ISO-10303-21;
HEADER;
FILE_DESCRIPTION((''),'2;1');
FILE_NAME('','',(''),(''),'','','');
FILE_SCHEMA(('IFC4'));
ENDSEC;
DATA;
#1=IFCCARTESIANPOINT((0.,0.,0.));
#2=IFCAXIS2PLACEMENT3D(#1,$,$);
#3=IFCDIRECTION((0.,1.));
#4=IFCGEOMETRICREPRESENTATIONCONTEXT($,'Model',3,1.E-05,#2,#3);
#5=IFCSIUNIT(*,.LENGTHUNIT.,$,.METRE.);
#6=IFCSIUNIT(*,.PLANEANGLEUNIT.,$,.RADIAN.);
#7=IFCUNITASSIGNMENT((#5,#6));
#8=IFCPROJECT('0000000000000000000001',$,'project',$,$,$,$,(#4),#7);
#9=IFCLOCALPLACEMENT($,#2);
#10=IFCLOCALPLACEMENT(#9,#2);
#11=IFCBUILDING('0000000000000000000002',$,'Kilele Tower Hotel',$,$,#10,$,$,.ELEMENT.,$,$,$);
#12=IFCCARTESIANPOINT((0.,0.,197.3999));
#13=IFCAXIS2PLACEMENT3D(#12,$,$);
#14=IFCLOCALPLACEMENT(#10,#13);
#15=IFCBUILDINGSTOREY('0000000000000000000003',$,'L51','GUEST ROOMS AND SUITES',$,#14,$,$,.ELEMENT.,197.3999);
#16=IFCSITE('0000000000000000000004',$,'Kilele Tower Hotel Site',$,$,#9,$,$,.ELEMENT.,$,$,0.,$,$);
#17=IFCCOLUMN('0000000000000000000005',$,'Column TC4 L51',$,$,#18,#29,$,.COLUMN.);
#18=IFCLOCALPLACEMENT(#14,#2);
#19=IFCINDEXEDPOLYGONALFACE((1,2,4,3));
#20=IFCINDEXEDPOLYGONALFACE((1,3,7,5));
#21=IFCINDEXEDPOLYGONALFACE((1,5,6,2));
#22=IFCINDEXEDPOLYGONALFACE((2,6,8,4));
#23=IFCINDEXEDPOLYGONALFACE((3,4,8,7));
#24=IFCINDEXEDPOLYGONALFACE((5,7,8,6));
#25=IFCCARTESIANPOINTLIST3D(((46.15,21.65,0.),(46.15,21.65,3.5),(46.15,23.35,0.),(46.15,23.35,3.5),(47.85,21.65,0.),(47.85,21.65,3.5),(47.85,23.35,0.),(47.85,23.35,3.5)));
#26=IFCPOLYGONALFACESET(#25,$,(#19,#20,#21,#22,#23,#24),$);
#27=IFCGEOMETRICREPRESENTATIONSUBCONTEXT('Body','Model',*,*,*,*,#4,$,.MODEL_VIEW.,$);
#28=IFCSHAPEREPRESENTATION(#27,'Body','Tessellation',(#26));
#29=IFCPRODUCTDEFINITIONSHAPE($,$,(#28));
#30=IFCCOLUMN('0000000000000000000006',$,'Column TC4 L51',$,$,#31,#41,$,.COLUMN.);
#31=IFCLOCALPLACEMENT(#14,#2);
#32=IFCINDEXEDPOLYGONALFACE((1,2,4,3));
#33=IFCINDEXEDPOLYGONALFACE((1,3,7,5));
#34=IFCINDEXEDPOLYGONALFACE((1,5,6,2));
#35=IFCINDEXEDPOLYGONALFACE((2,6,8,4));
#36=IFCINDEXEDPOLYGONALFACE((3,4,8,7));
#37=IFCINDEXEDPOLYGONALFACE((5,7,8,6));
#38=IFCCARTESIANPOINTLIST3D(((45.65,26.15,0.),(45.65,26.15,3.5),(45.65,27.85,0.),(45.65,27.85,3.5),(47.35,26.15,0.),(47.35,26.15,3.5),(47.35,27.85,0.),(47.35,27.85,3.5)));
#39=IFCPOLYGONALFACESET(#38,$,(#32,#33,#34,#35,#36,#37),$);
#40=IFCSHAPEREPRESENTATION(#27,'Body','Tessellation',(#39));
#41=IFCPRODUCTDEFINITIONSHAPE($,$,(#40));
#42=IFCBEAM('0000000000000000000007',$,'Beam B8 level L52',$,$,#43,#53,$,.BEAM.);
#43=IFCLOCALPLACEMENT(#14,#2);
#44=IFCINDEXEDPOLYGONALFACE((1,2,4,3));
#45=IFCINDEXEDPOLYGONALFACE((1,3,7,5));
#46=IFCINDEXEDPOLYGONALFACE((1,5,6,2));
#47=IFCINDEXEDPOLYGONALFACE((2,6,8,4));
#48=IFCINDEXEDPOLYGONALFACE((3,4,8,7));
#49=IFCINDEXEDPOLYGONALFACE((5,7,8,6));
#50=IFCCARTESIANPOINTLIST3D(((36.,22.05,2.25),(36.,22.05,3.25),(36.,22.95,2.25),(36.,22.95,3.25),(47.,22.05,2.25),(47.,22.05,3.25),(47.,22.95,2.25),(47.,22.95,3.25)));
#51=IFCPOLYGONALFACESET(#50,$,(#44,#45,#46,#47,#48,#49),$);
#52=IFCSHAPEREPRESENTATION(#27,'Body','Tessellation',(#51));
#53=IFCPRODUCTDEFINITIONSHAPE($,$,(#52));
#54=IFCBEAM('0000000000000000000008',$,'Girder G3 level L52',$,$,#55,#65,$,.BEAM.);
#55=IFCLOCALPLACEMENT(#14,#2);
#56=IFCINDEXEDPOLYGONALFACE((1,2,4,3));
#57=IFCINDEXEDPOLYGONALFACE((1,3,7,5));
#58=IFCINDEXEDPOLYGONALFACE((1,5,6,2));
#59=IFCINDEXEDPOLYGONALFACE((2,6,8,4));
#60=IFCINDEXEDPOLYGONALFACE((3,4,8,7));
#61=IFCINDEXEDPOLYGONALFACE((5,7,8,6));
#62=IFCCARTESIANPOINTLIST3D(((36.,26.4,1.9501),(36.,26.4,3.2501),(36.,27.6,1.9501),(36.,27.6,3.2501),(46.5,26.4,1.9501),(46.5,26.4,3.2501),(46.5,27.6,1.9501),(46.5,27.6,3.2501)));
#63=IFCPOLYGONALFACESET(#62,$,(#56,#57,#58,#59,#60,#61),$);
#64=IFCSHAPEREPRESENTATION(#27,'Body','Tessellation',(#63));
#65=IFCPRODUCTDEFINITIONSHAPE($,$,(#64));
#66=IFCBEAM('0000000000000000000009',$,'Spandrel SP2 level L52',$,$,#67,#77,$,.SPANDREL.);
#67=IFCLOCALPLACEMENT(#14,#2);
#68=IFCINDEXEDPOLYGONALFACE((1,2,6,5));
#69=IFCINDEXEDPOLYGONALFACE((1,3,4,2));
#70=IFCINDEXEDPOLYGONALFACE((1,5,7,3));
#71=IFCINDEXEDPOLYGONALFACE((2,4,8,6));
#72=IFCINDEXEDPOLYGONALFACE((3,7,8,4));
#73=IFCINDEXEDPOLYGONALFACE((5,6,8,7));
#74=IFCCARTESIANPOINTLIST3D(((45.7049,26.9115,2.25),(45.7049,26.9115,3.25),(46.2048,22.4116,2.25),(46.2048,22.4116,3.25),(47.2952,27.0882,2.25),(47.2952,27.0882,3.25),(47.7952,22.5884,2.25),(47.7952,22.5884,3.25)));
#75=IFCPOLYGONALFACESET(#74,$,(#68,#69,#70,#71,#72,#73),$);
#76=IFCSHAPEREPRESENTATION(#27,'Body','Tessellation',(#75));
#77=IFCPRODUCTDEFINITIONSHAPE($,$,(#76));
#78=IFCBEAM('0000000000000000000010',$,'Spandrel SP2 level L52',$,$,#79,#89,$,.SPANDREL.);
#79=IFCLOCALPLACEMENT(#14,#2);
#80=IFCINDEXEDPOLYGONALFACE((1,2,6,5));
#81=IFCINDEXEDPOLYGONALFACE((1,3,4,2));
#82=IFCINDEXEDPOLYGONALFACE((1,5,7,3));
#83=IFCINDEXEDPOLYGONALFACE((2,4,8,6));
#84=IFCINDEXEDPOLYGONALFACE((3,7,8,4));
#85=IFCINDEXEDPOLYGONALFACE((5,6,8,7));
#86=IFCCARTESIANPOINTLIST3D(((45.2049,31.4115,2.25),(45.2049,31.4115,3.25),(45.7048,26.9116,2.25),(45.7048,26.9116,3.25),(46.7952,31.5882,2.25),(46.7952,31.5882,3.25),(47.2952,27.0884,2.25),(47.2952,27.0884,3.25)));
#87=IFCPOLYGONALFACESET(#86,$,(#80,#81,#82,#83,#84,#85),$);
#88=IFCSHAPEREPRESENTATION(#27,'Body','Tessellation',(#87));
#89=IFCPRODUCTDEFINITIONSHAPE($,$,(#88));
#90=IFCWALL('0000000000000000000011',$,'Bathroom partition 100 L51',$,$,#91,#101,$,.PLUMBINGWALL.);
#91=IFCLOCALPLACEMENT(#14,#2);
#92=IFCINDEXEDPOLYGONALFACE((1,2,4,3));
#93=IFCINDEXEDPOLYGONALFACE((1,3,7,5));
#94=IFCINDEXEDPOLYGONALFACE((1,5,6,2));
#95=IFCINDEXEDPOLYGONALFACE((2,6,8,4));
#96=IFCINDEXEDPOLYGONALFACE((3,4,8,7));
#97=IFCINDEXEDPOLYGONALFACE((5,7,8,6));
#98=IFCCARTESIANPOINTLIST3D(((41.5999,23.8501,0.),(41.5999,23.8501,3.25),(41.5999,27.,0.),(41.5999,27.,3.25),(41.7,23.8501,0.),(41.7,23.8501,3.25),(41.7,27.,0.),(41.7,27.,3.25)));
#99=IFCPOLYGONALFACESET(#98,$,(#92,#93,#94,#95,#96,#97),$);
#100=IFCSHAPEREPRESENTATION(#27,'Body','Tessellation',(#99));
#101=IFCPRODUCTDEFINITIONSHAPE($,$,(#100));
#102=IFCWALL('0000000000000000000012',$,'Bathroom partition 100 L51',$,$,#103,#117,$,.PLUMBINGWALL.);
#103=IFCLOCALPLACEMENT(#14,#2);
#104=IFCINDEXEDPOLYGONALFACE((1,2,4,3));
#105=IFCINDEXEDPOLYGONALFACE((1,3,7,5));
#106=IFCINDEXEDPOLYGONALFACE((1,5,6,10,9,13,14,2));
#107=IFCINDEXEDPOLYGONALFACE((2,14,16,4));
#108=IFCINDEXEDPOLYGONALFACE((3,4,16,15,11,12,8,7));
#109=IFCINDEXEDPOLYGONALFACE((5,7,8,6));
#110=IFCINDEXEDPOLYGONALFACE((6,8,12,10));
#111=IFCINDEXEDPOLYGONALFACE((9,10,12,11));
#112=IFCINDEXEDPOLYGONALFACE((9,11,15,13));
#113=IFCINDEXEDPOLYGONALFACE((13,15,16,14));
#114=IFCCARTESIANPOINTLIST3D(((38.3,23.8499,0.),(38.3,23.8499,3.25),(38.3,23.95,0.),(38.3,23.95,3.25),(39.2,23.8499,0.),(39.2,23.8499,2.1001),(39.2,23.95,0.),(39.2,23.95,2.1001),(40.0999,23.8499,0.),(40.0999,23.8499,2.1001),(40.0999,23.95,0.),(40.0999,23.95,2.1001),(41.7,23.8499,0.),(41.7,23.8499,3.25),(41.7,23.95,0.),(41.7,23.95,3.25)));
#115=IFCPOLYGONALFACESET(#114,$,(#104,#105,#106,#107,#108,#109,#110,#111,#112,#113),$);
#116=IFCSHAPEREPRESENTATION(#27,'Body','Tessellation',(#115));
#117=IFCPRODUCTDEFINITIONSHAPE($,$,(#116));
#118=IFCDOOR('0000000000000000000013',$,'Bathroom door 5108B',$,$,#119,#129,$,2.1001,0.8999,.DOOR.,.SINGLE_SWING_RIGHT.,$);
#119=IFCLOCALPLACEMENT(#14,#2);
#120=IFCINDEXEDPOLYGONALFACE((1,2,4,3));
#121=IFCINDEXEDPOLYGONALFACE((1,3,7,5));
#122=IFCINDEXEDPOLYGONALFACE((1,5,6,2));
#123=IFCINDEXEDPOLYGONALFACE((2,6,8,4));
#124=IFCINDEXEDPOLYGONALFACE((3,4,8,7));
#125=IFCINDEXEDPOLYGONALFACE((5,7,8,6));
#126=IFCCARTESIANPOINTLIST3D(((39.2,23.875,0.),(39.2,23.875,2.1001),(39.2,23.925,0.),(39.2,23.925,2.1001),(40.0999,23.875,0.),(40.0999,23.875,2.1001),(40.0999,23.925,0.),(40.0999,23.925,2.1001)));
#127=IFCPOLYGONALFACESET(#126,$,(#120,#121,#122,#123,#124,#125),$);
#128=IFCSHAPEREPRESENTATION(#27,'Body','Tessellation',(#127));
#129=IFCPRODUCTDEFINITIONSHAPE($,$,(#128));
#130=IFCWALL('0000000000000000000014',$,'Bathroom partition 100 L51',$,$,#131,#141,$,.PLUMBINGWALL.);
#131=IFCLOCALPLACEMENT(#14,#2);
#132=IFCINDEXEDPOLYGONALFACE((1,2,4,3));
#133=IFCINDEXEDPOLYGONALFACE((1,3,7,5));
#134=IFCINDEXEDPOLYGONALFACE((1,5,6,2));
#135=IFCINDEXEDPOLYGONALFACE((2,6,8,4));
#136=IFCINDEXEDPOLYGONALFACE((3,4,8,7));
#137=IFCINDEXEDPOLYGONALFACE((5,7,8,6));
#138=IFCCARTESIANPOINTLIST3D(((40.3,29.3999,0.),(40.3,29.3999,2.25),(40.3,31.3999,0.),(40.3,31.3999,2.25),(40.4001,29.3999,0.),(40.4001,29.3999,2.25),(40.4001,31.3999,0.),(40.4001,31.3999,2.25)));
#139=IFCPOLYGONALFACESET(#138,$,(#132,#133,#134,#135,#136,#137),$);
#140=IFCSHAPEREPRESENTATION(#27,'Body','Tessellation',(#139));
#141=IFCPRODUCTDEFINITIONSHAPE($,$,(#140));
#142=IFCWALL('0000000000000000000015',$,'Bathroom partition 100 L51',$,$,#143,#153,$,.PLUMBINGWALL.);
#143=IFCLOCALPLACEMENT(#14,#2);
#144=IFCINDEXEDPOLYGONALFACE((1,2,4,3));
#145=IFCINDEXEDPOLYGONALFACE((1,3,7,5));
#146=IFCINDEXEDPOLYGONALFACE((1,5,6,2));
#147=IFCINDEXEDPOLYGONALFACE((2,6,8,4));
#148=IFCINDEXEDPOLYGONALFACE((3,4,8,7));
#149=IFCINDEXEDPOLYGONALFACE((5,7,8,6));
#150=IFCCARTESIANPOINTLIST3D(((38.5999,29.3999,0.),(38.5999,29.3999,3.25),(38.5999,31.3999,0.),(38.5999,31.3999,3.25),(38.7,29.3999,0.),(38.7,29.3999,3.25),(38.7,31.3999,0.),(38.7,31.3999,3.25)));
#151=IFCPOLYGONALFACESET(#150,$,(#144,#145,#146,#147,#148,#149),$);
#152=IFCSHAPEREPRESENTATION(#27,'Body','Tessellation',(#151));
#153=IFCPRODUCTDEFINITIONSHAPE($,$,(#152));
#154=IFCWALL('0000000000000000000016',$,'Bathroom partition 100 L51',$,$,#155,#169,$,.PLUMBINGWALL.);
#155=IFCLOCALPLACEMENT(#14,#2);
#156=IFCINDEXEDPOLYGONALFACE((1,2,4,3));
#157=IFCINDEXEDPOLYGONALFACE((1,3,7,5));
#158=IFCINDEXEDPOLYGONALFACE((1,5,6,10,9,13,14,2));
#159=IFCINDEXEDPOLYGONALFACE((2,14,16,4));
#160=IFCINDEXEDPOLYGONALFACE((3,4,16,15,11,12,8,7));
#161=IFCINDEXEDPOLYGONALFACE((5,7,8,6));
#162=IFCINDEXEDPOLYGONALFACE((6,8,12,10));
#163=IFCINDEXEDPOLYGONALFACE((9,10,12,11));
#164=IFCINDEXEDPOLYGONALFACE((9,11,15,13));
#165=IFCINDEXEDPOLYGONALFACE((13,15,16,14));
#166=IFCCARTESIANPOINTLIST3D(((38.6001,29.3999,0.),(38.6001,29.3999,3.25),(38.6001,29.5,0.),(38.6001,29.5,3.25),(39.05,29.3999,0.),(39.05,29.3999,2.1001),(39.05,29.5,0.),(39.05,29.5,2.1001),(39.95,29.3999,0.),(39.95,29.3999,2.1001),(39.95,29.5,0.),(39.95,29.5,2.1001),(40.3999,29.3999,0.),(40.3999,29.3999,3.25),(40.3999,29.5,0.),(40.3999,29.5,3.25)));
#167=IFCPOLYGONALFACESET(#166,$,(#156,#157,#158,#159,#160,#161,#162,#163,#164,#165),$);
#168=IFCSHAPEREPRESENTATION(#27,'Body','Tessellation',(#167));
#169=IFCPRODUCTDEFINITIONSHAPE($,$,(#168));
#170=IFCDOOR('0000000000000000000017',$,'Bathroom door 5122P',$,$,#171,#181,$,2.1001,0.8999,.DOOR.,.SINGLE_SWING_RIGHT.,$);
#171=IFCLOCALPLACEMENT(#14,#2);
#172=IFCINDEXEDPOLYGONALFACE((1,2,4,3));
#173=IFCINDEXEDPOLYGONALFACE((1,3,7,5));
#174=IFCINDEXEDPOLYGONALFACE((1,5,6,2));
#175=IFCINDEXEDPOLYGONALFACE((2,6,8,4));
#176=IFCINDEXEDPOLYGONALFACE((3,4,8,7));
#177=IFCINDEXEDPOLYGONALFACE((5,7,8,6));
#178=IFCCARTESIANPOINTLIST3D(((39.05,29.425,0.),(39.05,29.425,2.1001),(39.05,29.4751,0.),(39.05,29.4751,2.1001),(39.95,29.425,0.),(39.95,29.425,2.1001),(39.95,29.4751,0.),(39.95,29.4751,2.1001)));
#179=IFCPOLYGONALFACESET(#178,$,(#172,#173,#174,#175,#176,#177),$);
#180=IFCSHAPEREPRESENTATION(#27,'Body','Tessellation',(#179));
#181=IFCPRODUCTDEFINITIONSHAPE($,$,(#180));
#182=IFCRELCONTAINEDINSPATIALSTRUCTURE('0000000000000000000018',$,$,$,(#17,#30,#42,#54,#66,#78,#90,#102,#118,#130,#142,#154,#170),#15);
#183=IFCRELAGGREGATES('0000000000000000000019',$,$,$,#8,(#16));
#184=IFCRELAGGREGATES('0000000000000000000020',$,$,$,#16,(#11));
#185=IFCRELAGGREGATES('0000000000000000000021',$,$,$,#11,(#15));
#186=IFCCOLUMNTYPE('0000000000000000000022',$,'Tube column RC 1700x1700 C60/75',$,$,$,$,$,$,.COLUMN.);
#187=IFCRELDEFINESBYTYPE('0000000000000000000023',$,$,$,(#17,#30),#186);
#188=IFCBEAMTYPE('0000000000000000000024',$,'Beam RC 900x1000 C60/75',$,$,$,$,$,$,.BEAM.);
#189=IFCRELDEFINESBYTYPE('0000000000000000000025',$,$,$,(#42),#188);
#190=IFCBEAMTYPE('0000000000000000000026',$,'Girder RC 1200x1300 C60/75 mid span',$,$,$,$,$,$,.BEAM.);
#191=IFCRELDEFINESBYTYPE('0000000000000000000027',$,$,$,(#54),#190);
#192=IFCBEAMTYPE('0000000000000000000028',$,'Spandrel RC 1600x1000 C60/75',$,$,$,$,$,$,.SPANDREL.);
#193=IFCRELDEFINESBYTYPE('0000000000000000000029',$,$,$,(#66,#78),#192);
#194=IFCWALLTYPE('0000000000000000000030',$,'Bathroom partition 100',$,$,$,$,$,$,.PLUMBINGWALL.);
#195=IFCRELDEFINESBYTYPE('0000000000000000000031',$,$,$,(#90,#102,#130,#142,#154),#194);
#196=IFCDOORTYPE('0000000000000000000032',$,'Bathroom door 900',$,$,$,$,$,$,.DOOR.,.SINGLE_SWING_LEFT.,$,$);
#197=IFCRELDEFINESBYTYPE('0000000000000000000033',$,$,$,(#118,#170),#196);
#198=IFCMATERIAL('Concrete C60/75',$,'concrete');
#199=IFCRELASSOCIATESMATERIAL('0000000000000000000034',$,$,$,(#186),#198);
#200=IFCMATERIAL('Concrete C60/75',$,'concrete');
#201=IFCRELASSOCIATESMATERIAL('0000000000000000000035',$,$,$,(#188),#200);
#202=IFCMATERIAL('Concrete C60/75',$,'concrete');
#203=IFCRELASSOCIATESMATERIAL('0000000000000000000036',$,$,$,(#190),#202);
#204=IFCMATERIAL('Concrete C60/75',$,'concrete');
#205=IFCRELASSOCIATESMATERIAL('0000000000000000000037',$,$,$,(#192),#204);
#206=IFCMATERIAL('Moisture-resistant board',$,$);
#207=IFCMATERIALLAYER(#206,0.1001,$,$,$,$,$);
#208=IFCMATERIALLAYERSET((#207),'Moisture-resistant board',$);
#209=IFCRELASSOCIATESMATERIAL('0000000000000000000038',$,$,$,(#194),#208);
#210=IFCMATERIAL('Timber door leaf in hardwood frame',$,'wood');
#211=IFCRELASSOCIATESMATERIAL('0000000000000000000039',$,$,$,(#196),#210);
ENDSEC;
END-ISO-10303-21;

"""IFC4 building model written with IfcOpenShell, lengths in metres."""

from ifc_helpers import new_model, si_unit, direction, frame, frame_2d, origin, origin_2d, place, context, subcontext, project, spatial, rectangle, extrude, material, layer, layer_set, material_profile, profile_set, type_object, element, fill, save


model = new_model("IFC4")

# Units and contexts
model_context = context("Model", 3, precision=1e-05, world=origin(), true_north=direction((0.0, 1.0)))
body_context = subcontext(model_context, "Body", "Model", "MODEL_VIEW")
ifc_project = project(units=[si_unit("LENGTHUNIT", "METRE"), si_unit("PLANEANGLEUNIT", "RADIAN")], contexts=[model_context])

# Site, building, storey
site_placement = place(None, origin())
site = spatial("IfcSite", under=ifc_project, at=site_placement, Name="Kilele Tower Hotel Site", CompositionType="ELEMENT", RefElevation=0.0)
building_placement = place(site_placement, origin())
building = spatial("IfcBuilding", under=site, at=building_placement, Name="Kilele Tower Hotel", CompositionType="ELEMENT")
storey_placement = place(building_placement, frame((0.0, 0.0, 197.3999)))
storey = spatial("IfcBuildingStorey", under=building, at=storey_placement, Name="L51", Description="GUEST ROOMS AND SUITES", CompositionType="ELEMENT", Elevation=197.3999)

# Columns
ifc_material_1 = material(Name="Concrete C60/75", Category="concrete")
ifc_material_profile_1 = material_profile(ifc_material_1, rectangle(XDim=1.7, YDim=1.7, at=origin_2d()))
ifc_profile_set_1 = profile_set([ifc_material_profile_1], Name="Concrete C60/75")
column_type = type_object("IfcColumnType", Name="Tube column RC 1700x1700 C60/75", PredefinedType="COLUMN", material=ifc_profile_set_1)
for number, where, z_axis, x_axis, name in (
    (1, (47.0, 22.5, 0.0), (0.0, 0.0, 1.0), (1.0, 0.0, 0.0), "Column TC4 L51"),
    (2, (46.5, 27.0, 0.0), (0.0, 0.0, 1.0), (1.0, 0.0, 0.0), "Column TC4 L51"),
):
    element("IfcColumn", number, at=place(storey_placement, frame(where, z_axis=z_axis, x_axis=x_axis)), inside=storey, type_object=column_type, Name=name, PredefinedType="COLUMN", context=body_context, shape_type="SweptSolid", body=[
        extrude(rectangle(XDim=1.7, YDim=1.7, at=origin_2d()), origin(), (0.0, 0.0, 1.0), 3.5),
    ])

# Beams
ifc_material_2 = material(Name="Concrete C60/75", Category="concrete")
ifc_material_profile_2 = material_profile(ifc_material_2, rectangle(XDim=0.8999, YDim=1.0, at=origin_2d()))
ifc_profile_set_2 = profile_set([ifc_material_profile_2], Name="Concrete C60/75")
beam_type_1 = type_object("IfcBeamType", Name="Beam RC 900x1000 C60/75", PredefinedType="BEAM", material=ifc_profile_set_2)
beam_1_placement = place(storey_placement, frame((47.0, 22.5, 2.75), z_axis=(-1.0, 0.0, 0.0), x_axis=(0.0, -1.0, 0.0)))
element("IfcBeam", 3, at=beam_1_placement, inside=storey, type_object=beam_type_1, Name="Beam B8 level L52", PredefinedType="BEAM", context=body_context, shape_type="SweptSolid", body=[
    extrude(rectangle(XDim=0.8999, YDim=1.0, at=origin_2d()), origin(), (0.0, 0.0, 1.0), 11.0),
])
ifc_material_3 = material(Name="Concrete C60/75", Category="concrete")
ifc_material_profile_3 = material_profile(ifc_material_3, rectangle(XDim=1.2, YDim=1.3, at=origin_2d()))
ifc_profile_set_3 = profile_set([ifc_material_profile_3], Name="Concrete C60/75")
beam_type_2 = type_object("IfcBeamType", Name="Girder RC 1200x1300 C60/75 mid span", PredefinedType="BEAM", material=ifc_profile_set_3)
beam_2_placement = place(storey_placement, frame((46.5, 27.0, 2.6001), z_axis=(-1.0, 0.0, 0.0), x_axis=(0.0, -1.0, 0.0)))
element("IfcBeam", 4, at=beam_2_placement, inside=storey, type_object=beam_type_2, Name="Girder G3 level L52", PredefinedType="BEAM", context=body_context, shape_type="SweptSolid", body=[
    extrude(rectangle(XDim=1.2, YDim=1.3, at=origin_2d()), origin(), (0.0, 0.0, 1.0), 10.5),
])
ifc_material_4 = material(Name="Concrete C60/75", Category="concrete")
ifc_material_profile_4 = material_profile(ifc_material_4, rectangle(XDim=1.6001, YDim=1.0, at=origin_2d()))
ifc_profile_set_4 = profile_set([ifc_material_profile_4], Name="Concrete C60/75")
beam_type_3 = type_object("IfcBeamType", Name="Spandrel RC 1600x1000 C60/75", PredefinedType="SPANDREL", material=ifc_profile_set_4)
for number, where, z_axis, x_axis, name in (
    (5, (47.0, 22.5, 2.75), (-0.110432, 0.993884, 0.0), (-0.993884, -0.110432, 0.0), "Spandrel SP2 level L52"),
    (6, (46.5, 27.0, 2.75), (-0.110432, 0.993884, 0.0), (-0.993884, -0.110432, 0.0), "Spandrel SP2 level L52"),
):
    element("IfcBeam", number, at=place(storey_placement, frame(where, z_axis=z_axis, x_axis=x_axis)), inside=storey, type_object=beam_type_3, Name=name, PredefinedType="SPANDREL", context=body_context, shape_type="SweptSolid", body=[
        extrude(rectangle(XDim=1.6001, YDim=1.0, at=origin_2d()), origin(), (0.0, 0.0, 1.0), 4.5276),
    ])

# Wall
ifc_material_5 = material(Name="Moisture-resistant board")
ifc_layer_1 = layer(ifc_material_5, 0.1001)
ifc_layer_set_1 = layer_set([ifc_layer_1], Name="Moisture-resistant board")
wall_type_1 = type_object("IfcWallType", Name="Bathroom partition 100", PredefinedType="PLUMBINGWALL", material=ifc_layer_set_1)
wall_1_placement = place(storey_placement, frame((41.6499, 23.8501, 0.0), z_axis=(0.0, 0.0, 1.0), x_axis=(0.0, 1.0, 0.0)))
element("IfcWall", 7, at=wall_1_placement, inside=storey, type_object=wall_type_1, Name="Bathroom partition 100 L51", PredefinedType="PLUMBINGWALL", context=body_context, shape_type="SweptSolid", body=[
    extrude(rectangle(XDim=3.1499, YDim=0.1001, at=frame_2d((1.575, 0.0))), origin(), (0.0, 0.0, 1.0), 3.25),
])

# Wall, opening, door
wall_2_placement = place(storey_placement, frame((38.3, 23.8999, 0.0), z_axis=(0.0, 0.0, 1.0), x_axis=(1.0, 0.0, 0.0)))
wall_2 = element("IfcWall", 8, at=wall_2_placement, inside=storey, type_object=wall_type_1, Name="Bathroom partition 100 L51", PredefinedType="PLUMBINGWALL", context=body_context, shape_type="SweptSolid", body=[
    extrude(rectangle(XDim=3.3999, YDim=0.1001, at=frame_2d((1.7, 0.0))), origin(), (0.0, 0.0, 1.0), 3.25),
])
opening_1_placement = place(wall_2_placement, frame((1.7998, 0.0, 0.0), z_axis=(0.0, 0.0, 1.0), x_axis=(-1.0, 0.0, 0.0)))
opening_1 = element("IfcOpeningElement", 9, at=opening_1_placement, cuts=wall_2, PredefinedType="OPENING", context=body_context, shape_type="SweptSolid", body=[
    extrude(rectangle(XDim=0.8999, YDim=2.1001, at=frame_2d((0.45, 1.05))), frame((0.0, 0.0601, 0.0), z_axis=(0.0, -1.0, 0.0), x_axis=(1.0, 0.0, 0.0)), (0.0, 0.0, 1.0), 0.1201),
])
ifc_material_6 = material(Name="Timber door leaf in hardwood frame", Category="wood")
door_type_1 = type_object("IfcDoorType", Name="Bathroom door 900", OperationType="SINGLE_SWING_LEFT", PredefinedType="DOOR", material=ifc_material_6)
door_1_placement = place(opening_1_placement, origin())
door_1 = element("IfcDoor", 10, at=door_1_placement, inside=storey, type_object=door_type_1, Name="Bathroom door 5108B", OperationType="SINGLE_SWING_RIGHT", OverallHeight=2.1001, OverallWidth=0.8999, PredefinedType="DOOR", context=body_context, shape_type="SweptSolid", body=[
    extrude(rectangle(XDim=0.8999, YDim=2.1001, at=frame_2d((0.45, 1.05))), frame((0.0, 0.0249, 0.0), z_axis=(0.0, -1.0, 0.0), x_axis=(1.0, 0.0, 0.0)), (0.0, 0.0, 1.0), 0.05),
])
fill(opening_1, door_1)

# Walls
wall_3_placement = place(storey_placement, frame((40.3501, 31.3999, 0.0), z_axis=(0.0, 0.0, 1.0), x_axis=(0.0, -1.0, 0.0)))
element("IfcWall", 11, at=wall_3_placement, inside=storey, type_object=wall_type_1, Name="Bathroom partition 100 L51", PredefinedType="PLUMBINGWALL", context=body_context, shape_type="SweptSolid", body=[
    extrude(rectangle(XDim=2.0, YDim=0.1001, at=frame_2d((1.0, 0.0))), origin(), (0.0, 0.0, 1.0), 2.25),
])
wall_4_placement = place(storey_placement, frame((38.6499, 31.3999, 0.0), z_axis=(0.0, 0.0, 1.0), x_axis=(0.0, -1.0, 0.0)))
element("IfcWall", 12, at=wall_4_placement, inside=storey, type_object=wall_type_1, Name="Bathroom partition 100 L51", PredefinedType="PLUMBINGWALL", context=body_context, shape_type="SweptSolid", body=[
    extrude(rectangle(XDim=2.0, YDim=0.1001, at=frame_2d((1.0, 0.0))), origin(), (0.0, 0.0, 1.0), 3.25),
])

# Wall, opening, door
wall_5_placement = place(storey_placement, frame((38.6001, 29.45, 0.0), z_axis=(0.0, 0.0, 1.0), x_axis=(1.0, 0.0, 0.0)))
wall_5 = element("IfcWall", 13, at=wall_5_placement, inside=storey, type_object=wall_type_1, Name="Bathroom partition 100 L51", PredefinedType="PLUMBINGWALL", context=body_context, shape_type="SweptSolid", body=[
    extrude(rectangle(XDim=1.7998, YDim=0.1001, at=frame_2d((0.8999, 0.0))), origin(), (0.0, 0.0, 1.0), 3.25),
])
opening_2_placement = place(wall_5_placement, frame((1.3499, 0.0, 0.0), z_axis=(0.0, 0.0, 1.0), x_axis=(-1.0, 0.0, 0.0)))
opening_2 = element("IfcOpeningElement", 14, at=opening_2_placement, cuts=wall_5, PredefinedType="OPENING", context=body_context, shape_type="SweptSolid", body=[
    extrude(rectangle(XDim=0.8999, YDim=2.1001, at=frame_2d((0.45, 1.05))), frame((0.0, 0.0601, 0.0), z_axis=(0.0, -1.0, 0.0), x_axis=(1.0, 0.0, 0.0)), (0.0, 0.0, 1.0), 0.1201),
])
door_2_placement = place(opening_2_placement, origin())
door_2 = element("IfcDoor", 15, at=door_2_placement, inside=storey, type_object=door_type_1, Name="Bathroom door 5122P", OperationType="SINGLE_SWING_RIGHT", OverallHeight=2.1001, OverallWidth=0.8999, PredefinedType="DOOR", context=body_context, shape_type="SweptSolid", body=[
    extrude(rectangle(XDim=0.8999, YDim=2.1001, at=frame_2d((0.45, 1.05))), frame((0.0, 0.0249, 0.0), z_axis=(0.0, -1.0, 0.0), x_axis=(1.0, 0.0, 0.0)), (0.0, 0.0, 1.0), 0.05),
])
fill(opening_2, door_2)

save(model, "model.ifc")
